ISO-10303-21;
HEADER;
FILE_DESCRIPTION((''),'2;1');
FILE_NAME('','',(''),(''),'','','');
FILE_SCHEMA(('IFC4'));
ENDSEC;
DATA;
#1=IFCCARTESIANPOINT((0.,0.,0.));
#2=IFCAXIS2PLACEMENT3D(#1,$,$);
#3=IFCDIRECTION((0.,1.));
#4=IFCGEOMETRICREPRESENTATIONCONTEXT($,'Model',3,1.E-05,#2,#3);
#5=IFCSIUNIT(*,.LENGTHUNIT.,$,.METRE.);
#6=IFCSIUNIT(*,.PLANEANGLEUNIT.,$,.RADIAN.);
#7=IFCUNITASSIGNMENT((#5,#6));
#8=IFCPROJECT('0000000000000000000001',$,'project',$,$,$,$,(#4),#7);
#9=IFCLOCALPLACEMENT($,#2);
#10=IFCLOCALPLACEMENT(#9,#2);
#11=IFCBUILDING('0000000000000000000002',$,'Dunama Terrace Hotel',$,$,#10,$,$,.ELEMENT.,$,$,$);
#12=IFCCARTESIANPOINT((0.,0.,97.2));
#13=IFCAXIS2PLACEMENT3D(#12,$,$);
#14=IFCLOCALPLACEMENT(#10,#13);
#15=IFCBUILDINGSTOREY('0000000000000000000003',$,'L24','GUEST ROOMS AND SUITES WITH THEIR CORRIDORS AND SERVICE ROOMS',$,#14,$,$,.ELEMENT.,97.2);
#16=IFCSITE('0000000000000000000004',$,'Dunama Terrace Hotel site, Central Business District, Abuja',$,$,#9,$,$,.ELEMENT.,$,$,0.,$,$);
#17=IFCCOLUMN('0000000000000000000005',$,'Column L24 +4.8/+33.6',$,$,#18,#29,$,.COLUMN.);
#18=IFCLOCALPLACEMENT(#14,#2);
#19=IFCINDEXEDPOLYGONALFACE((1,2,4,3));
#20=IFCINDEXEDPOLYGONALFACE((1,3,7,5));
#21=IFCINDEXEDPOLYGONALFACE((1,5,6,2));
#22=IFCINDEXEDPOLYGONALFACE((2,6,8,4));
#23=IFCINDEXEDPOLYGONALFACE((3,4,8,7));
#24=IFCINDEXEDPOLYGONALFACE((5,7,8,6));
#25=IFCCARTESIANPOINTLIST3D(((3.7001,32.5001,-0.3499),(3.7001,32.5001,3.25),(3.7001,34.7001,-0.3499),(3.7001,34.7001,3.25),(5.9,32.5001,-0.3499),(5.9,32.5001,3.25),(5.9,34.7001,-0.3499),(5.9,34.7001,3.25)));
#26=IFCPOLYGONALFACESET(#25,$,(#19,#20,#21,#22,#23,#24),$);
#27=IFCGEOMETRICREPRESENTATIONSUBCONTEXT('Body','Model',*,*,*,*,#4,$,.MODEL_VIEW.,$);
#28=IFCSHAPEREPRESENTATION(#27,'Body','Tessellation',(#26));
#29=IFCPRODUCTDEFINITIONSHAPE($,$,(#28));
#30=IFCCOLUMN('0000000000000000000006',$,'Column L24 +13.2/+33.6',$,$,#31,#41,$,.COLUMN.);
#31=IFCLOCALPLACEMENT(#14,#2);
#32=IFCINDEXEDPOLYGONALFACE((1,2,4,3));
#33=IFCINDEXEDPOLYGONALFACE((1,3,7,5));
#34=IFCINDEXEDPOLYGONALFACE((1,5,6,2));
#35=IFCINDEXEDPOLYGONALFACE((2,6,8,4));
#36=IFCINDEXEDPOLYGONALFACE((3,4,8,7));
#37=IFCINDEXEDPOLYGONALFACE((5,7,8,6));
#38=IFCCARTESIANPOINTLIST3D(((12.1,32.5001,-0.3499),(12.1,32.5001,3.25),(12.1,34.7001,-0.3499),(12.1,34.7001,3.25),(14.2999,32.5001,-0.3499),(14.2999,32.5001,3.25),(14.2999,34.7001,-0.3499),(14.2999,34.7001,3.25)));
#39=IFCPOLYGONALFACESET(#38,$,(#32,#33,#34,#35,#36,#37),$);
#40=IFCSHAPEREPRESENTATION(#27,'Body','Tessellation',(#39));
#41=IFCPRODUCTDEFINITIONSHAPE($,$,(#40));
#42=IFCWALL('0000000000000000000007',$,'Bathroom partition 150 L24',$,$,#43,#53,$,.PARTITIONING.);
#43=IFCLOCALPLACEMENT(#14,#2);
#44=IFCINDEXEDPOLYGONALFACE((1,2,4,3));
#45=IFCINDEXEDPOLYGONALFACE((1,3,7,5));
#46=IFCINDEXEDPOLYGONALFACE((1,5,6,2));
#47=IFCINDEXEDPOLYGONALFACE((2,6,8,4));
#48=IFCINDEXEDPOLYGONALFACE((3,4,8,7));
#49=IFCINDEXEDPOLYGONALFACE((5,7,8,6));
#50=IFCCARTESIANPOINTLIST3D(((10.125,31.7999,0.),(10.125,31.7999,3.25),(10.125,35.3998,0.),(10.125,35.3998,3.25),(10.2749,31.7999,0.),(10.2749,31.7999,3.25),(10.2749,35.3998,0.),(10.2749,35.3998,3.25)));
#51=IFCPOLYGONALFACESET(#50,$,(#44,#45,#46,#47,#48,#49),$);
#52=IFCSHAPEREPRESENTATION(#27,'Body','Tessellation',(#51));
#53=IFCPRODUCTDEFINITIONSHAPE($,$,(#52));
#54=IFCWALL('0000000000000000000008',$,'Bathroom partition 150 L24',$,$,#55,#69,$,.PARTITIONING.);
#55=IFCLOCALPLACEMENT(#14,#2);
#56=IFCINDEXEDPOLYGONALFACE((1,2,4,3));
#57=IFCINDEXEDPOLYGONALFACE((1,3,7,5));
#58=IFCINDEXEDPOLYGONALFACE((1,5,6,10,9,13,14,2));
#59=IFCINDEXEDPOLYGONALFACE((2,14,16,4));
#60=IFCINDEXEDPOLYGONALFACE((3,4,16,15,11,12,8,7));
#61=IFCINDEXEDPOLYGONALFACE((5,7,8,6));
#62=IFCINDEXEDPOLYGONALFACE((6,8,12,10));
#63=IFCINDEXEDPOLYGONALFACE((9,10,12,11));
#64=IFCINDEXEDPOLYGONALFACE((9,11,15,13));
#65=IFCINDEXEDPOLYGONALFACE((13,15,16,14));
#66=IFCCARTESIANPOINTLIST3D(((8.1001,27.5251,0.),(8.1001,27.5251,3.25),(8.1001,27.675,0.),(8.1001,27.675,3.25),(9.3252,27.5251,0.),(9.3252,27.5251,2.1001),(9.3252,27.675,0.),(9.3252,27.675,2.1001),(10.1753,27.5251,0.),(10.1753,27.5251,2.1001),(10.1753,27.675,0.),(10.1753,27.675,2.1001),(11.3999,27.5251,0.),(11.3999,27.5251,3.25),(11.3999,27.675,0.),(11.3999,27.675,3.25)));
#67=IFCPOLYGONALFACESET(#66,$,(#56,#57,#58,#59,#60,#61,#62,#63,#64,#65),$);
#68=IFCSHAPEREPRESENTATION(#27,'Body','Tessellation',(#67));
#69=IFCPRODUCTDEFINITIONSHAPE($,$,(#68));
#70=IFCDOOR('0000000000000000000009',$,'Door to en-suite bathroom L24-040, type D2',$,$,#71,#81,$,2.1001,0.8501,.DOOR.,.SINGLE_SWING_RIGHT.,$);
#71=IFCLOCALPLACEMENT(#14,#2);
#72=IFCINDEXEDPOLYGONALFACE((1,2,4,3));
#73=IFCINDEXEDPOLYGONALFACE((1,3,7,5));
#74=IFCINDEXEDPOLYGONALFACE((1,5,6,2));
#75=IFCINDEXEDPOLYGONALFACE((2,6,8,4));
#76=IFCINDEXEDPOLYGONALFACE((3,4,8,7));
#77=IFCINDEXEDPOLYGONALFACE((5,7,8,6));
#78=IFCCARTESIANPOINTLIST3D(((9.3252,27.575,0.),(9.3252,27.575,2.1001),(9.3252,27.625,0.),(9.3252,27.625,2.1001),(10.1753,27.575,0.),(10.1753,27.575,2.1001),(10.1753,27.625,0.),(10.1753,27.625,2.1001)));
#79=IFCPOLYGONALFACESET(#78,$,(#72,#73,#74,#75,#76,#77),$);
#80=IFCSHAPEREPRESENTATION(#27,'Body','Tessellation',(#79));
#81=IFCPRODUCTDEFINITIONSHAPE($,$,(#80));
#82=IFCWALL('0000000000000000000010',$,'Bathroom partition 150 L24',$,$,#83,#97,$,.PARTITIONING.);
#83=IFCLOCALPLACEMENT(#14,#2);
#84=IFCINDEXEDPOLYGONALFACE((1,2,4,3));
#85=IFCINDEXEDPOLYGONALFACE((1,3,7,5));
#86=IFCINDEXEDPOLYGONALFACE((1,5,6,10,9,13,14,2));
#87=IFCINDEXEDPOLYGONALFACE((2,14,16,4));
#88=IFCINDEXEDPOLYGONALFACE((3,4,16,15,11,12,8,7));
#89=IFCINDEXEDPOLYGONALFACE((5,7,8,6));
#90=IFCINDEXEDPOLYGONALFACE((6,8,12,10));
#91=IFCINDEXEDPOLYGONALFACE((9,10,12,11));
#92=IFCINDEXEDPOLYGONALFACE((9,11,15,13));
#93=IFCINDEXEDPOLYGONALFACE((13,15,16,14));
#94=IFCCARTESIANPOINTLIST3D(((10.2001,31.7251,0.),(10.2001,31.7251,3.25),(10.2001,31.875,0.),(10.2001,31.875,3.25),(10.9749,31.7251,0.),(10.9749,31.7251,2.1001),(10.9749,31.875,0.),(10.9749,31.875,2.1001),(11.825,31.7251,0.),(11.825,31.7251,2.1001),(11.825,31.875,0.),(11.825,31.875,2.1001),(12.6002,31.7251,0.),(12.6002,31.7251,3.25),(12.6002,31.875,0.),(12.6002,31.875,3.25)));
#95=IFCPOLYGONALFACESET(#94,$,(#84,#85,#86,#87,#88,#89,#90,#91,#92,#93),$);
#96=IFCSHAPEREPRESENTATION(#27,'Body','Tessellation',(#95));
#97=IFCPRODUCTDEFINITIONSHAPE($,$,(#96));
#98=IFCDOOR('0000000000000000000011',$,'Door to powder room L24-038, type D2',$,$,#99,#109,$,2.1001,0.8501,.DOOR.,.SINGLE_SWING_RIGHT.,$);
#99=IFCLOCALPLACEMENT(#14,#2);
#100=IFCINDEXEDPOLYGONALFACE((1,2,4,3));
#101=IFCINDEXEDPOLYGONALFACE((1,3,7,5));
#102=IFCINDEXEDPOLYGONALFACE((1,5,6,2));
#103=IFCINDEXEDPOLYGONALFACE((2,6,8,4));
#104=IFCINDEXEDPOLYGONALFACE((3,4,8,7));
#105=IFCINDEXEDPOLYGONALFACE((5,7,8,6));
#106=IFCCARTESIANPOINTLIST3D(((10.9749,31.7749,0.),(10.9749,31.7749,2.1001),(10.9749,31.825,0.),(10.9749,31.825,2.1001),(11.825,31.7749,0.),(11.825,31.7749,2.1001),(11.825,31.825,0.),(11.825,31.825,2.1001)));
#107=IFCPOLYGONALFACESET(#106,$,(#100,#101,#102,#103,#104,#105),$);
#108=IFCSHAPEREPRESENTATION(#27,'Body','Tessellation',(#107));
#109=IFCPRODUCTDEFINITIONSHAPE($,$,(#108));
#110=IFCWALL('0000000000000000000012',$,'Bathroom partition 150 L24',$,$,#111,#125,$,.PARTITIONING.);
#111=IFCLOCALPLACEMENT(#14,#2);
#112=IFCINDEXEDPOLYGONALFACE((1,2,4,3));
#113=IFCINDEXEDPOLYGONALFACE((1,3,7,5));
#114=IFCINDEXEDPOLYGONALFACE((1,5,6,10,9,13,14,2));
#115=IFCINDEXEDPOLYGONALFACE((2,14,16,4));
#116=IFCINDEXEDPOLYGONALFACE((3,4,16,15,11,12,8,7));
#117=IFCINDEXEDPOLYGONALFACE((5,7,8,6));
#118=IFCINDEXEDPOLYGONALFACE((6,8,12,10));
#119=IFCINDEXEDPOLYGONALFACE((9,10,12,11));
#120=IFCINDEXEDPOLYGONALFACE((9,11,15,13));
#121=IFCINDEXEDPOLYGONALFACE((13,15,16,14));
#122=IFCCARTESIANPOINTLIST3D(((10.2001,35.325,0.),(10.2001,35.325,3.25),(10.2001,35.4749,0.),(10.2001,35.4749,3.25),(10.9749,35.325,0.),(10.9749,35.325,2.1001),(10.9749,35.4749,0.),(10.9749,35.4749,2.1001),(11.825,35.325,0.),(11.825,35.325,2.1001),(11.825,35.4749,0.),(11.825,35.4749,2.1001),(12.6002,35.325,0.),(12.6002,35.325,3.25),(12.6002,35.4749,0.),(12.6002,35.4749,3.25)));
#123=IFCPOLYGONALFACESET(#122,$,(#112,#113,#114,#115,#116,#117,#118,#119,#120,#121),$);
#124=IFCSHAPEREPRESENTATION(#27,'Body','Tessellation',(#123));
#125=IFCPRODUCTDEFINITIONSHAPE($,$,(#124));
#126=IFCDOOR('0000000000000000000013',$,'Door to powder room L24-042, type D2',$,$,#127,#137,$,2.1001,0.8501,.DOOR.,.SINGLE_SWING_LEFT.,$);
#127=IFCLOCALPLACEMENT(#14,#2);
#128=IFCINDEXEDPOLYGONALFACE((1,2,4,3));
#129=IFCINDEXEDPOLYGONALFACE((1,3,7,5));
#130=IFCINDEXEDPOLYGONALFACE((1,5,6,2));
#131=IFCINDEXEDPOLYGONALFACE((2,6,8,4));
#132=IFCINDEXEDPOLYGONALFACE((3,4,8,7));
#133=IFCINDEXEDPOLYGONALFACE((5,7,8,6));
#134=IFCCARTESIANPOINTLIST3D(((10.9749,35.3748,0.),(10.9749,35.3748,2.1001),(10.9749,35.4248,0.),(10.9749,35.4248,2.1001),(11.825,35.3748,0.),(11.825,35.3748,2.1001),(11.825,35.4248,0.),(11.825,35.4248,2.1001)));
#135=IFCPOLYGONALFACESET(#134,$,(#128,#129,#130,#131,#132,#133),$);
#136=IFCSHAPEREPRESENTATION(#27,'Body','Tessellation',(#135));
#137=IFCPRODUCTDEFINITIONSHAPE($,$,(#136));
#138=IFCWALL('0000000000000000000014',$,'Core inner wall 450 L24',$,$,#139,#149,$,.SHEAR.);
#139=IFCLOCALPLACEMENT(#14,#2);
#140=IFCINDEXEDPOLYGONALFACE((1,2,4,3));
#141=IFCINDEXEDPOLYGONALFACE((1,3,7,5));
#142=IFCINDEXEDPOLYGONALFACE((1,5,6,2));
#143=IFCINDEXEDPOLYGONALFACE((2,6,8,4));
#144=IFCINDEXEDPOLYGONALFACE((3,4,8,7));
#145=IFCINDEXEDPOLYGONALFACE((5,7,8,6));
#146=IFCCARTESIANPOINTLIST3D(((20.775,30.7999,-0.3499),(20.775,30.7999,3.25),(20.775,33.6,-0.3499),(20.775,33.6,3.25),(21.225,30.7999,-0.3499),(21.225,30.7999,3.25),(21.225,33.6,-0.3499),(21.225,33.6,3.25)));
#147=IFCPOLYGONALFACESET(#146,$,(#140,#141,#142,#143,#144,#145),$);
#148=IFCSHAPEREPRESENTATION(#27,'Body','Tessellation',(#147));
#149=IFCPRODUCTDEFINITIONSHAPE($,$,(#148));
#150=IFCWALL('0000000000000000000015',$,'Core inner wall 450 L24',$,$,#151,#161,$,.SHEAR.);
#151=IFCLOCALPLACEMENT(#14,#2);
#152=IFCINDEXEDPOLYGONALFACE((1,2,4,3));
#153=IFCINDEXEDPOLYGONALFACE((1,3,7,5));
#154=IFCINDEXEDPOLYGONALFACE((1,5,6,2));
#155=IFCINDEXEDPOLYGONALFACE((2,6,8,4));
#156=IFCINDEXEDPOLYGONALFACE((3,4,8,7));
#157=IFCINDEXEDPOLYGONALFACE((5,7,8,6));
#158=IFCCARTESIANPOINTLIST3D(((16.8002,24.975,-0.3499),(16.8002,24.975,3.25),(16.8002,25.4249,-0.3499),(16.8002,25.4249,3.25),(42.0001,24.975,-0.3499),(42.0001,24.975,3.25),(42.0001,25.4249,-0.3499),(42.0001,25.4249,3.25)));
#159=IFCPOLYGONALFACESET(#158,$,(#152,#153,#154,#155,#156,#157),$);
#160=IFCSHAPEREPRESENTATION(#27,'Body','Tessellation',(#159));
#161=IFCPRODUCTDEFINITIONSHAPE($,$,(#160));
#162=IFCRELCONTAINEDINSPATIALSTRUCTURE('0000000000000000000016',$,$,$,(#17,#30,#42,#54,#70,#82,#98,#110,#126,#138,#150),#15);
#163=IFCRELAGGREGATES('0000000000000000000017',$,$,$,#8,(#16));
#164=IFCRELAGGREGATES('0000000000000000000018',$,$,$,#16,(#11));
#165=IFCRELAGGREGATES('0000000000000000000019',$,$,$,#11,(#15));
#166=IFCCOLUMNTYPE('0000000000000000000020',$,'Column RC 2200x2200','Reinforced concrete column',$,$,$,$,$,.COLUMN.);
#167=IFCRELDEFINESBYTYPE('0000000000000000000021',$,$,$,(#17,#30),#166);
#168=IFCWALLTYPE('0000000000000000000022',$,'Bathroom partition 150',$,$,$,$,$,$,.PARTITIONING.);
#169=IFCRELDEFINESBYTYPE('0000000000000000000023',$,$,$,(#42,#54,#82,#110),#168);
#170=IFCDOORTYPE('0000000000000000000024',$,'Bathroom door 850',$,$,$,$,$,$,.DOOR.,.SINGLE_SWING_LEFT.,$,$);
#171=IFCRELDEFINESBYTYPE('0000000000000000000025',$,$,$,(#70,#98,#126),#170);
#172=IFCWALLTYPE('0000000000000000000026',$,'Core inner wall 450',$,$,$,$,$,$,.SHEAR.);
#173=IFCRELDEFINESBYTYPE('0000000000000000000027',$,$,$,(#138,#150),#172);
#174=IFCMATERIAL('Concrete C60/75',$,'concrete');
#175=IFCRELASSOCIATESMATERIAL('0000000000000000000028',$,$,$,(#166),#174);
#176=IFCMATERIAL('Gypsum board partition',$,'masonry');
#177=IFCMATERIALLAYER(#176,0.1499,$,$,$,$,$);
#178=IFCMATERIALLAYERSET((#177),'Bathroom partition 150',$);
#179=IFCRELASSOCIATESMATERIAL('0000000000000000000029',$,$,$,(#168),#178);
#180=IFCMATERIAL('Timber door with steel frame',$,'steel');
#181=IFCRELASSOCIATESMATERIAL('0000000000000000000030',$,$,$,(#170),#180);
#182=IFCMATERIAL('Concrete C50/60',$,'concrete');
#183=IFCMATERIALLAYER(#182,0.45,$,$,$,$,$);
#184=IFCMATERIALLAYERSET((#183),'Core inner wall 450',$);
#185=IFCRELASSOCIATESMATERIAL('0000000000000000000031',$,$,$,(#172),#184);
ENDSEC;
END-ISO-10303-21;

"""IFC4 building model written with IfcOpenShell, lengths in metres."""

from ifc_helpers import new_model, si_unit, direction, frame, frame_2d, origin, origin_2d, place, context, subcontext, project, spatial, rectangle, extrude, material, layer, layer_set, material_profile, profile_set, type_object, element, fill, save


model = new_model("IFC4")

# Units and contexts
model_context = context("Model", 3, precision=1e-05, world=origin(), true_north=direction((0.0, 1.0)))
body_context = subcontext(model_context, "Body", "Model", "MODEL_VIEW")
ifc_project = project(units=[si_unit("LENGTHUNIT", "METRE"), si_unit("PLANEANGLEUNIT", "RADIAN")], contexts=[model_context])

# Site, building, storey
site_placement = place(None, origin())
site = spatial("IfcSite", under=ifc_project, at=site_placement, Name="Dunama Terrace Hotel site, Central Business District, Abuja", CompositionType="ELEMENT", RefElevation=0.0)
building_placement = place(site_placement, origin())
building = spatial("IfcBuilding", under=site, at=building_placement, Name="Dunama Terrace Hotel", CompositionType="ELEMENT")
storey_placement = place(building_placement, frame((0.0, 0.0, 97.2)))
storey = spatial("IfcBuildingStorey", under=building, at=storey_placement, Name="L24", Description="GUEST ROOMS AND SUITES WITH THEIR CORRIDORS AND SERVICE ROOMS", CompositionType="ELEMENT", Elevation=97.2)

# Columns
ifc_material_1 = material(Name="Concrete C60/75", Category="concrete")
ifc_material_profile = material_profile(ifc_material_1, rectangle(XDim=2.2, YDim=2.2, at=origin_2d()), Name="RC 2200x2200")
ifc_profile_set = profile_set([ifc_material_profile], Name="Concrete C60/75")
column_type = type_object("IfcColumnType", Name="Column RC 2200x2200", Description="Reinforced concrete column", PredefinedType="COLUMN", material=ifc_profile_set)
for number, where, z_axis, x_axis, name in (
    (1, (4.8, 33.6001, -0.3499), (0.0, 0.0, 1.0), (1.0, 0.0, 0.0), "Column L24 +4.8/+33.6"),
    (2, (13.2, 33.6001, -0.3499), (0.0, 0.0, 1.0), (1.0, 0.0, 0.0), "Column L24 +13.2/+33.6"),
):
    element("IfcColumn", number, at=place(storey_placement, frame(where, z_axis=z_axis, x_axis=x_axis)), inside=storey, type_object=column_type, Name=name, PredefinedType="COLUMN", context=body_context, shape_type="SweptSolid", body=[
        extrude(rectangle(XDim=2.2, YDim=2.2, at=origin_2d()), origin(), (0.0, 0.0, 1.0), 3.5999),
    ])

# Wall
ifc_material_2 = material(Name="Gypsum board partition", Category="masonry")
ifc_layer_1 = layer(ifc_material_2, 0.1499)
ifc_layer_set_1 = layer_set([ifc_layer_1], Name="Bathroom partition 150")
wall_type_1 = type_object("IfcWallType", Name="Bathroom partition 150", PredefinedType="PARTITIONING", material=ifc_layer_set_1)
wall_1_placement = place(storey_placement, frame((10.2, 31.8, 0.0), z_axis=(0.0, 0.0, 1.0), x_axis=(0.0, 1.0, 0.0)))
element("IfcWall", 3, at=wall_1_placement, inside=storey, type_object=wall_type_1, Name="Bathroom partition 150 L24", PredefinedType="PARTITIONING", context=body_context, shape_type="SweptSolid", body=[
    extrude(rectangle(XDim=3.5999, YDim=0.1499, at=frame_2d((1.7998, 0.0))), origin(), (0.0, 0.0, 1.0), 3.25),
])

# Walls, openings, doors
wall_2_placement = place(storey_placement, frame((8.1001, 27.6001, 0.0), z_axis=(0.0, 0.0, 1.0), x_axis=(1.0, 0.0, 0.0)))
wall_2 = element("IfcWall", 4, at=wall_2_placement, inside=storey, type_object=wall_type_1, Name="Bathroom partition 150 L24", PredefinedType="PARTITIONING", context=body_context, shape_type="SweptSolid", body=[
    extrude(rectangle(XDim=3.2998, YDim=0.1499, at=frame_2d((1.6499, 0.0))), origin(), (0.0, 0.0, 1.0), 3.25),
])
opening_1_placement = place(wall_2_placement, frame((1.2251, 0.0, 0.0)))
opening_1 = element("IfcOpeningElement", 5, at=opening_1_placement, cuts=wall_2, PredefinedType="OPENING", context=body_context, shape_type="SweptSolid", body=[
    extrude(rectangle(XDim=0.8501, YDim=2.1001, at=frame_2d((0.425, 1.05))), frame((0.0, 0.085, 0.0), z_axis=(0.0, -1.0, 0.0), x_axis=(1.0, 0.0, 0.0)), (0.0, 0.0, 1.0), 0.1699),
])
ifc_material_3 = material(Name="Timber door with steel frame", Category="steel")
door_type_1 = type_object("IfcDoorType", Name="Bathroom door 850", OperationType="SINGLE_SWING_LEFT", PredefinedType="DOOR", material=ifc_material_3)
door_1_placement = place(opening_1_placement, frame((0.8501, 0.0, 0.0), z_axis=(0.0, 0.0, 1.0), x_axis=(-1.0, 0.0, 0.0)))
door_1 = element("IfcDoor", 6, at=door_1_placement, inside=storey, type_object=door_type_1, Name="Door to en-suite bathroom L24-040, type D2", OperationType="SINGLE_SWING_RIGHT", OverallHeight=2.1001, OverallWidth=0.8501, PredefinedType="DOOR", context=body_context, shape_type="SweptSolid", body=[
    extrude(rectangle(XDim=0.8501, YDim=2.1001, at=frame_2d((0.425, 1.05))), frame((0.0, 0.0251, 0.0), z_axis=(0.0, -1.0, 0.0), x_axis=(1.0, 0.0, 0.0)), (0.0, 0.0, 1.0), 0.05),
])
fill(opening_1, door_1)
wall_3_placement = place(storey_placement, frame((10.2, 31.8, 0.0), z_axis=(0.0, 0.0, 1.0), x_axis=(1.0, 0.0, 0.0)))
wall_3 = element("IfcWall", 7, at=wall_3_placement, inside=storey, type_object=wall_type_1, Name="Bathroom partition 150 L24", PredefinedType="PARTITIONING", context=body_context, shape_type="SweptSolid", body=[
    extrude(rectangle(XDim=2.4001, YDim=0.1499, at=frame_2d((1.2002, 0.0))), origin(), (0.0, 0.0, 1.0), 3.25),
])
opening_2_placement = place(wall_3_placement, frame((0.7749, 0.0, 0.0)))
opening_2 = element("IfcOpeningElement", 8, at=opening_2_placement, cuts=wall_3, PredefinedType="OPENING", context=body_context, shape_type="SweptSolid", body=[
    extrude(rectangle(XDim=0.8501, YDim=2.1001, at=frame_2d((0.425, 1.05))), frame((0.0, 0.085, 0.0), z_axis=(0.0, -1.0, 0.0), x_axis=(1.0, 0.0, 0.0)), (0.0, 0.0, 1.0), 0.1699),
])
door_2_placement = place(opening_2_placement, origin())
door_2 = element("IfcDoor", 9, at=door_2_placement, inside=storey, type_object=door_type_1, Name="Door to powder room L24-038, type D2", OperationType="SINGLE_SWING_RIGHT", OverallHeight=2.1001, OverallWidth=0.8501, PredefinedType="DOOR", context=body_context, shape_type="SweptSolid", body=[
    extrude(rectangle(XDim=0.8501, YDim=2.1001, at=frame_2d((0.425, 1.05))), frame((0.0, 0.0249, 0.0), z_axis=(0.0, -1.0, 0.0), x_axis=(1.0, 0.0, 0.0)), (0.0, 0.0, 1.0), 0.05),
])
fill(opening_2, door_2)
wall_4_placement = place(storey_placement, frame((10.2, 35.3999, 0.0), z_axis=(0.0, 0.0, 1.0), x_axis=(1.0, 0.0, 0.0)))
wall_4 = element("IfcWall", 10, at=wall_4_placement, inside=storey, type_object=wall_type_1, Name="Bathroom partition 150 L24", PredefinedType="PARTITIONING", context=body_context, shape_type="SweptSolid", body=[
    extrude(rectangle(XDim=2.4001, YDim=0.1499, at=frame_2d((1.2002, 0.0))), origin(), (0.0, 0.0, 1.0), 3.25),
])
opening_3_placement = place(wall_4_placement, frame((0.7749, 0.0, 0.0)))
opening_3 = element("IfcOpeningElement", 11, at=opening_3_placement, cuts=wall_4, PredefinedType="OPENING", context=body_context, shape_type="SweptSolid", body=[
    extrude(rectangle(XDim=0.8501, YDim=2.1001, at=frame_2d((0.425, 1.05))), frame((0.0, 0.085, 0.0), z_axis=(0.0, -1.0, 0.0), x_axis=(1.0, 0.0, 0.0)), (0.0, 0.0, 1.0), 0.1699),
])
door_3_placement = place(opening_3_placement, frame((0.8501, 0.0, 0.0), z_axis=(0.0, 0.0, 1.0), x_axis=(-1.0, 0.0, 0.0)))
door_3 = element("IfcDoor", 12, at=door_3_placement, inside=storey, type_object=door_type_1, Name="Door to powder room L24-042, type D2", OperationType="SINGLE_SWING_LEFT", OverallHeight=2.1001, OverallWidth=0.8501, PredefinedType="DOOR", context=body_context, shape_type="SweptSolid", body=[
    extrude(rectangle(XDim=0.8501, YDim=2.1001, at=frame_2d((0.425, 1.05))), frame((0.0, 0.0251, 0.0), z_axis=(0.0, -1.0, 0.0), x_axis=(1.0, 0.0, 0.0)), (0.0, 0.0, 1.0), 0.05),
])
fill(opening_3, door_3)

# Walls
ifc_material_4 = material(Name="Concrete C50/60", Category="concrete")
ifc_layer_2 = layer(ifc_material_4, 0.45)
ifc_layer_set_2 = layer_set([ifc_layer_2], Name="Core inner wall 450")
wall_type_2 = type_object("IfcWallType", Name="Core inner wall 450", PredefinedType="SHEAR", material=ifc_layer_set_2)
wall_5_placement = place(storey_placement, frame((21.0, 30.8, -0.3499), z_axis=(0.0, 0.0, 1.0), x_axis=(0.0, 1.0, 0.0)))
element("IfcWall", 13, at=wall_5_placement, inside=storey, type_object=wall_type_2, Name="Core inner wall 450 L24", PredefinedType="SHEAR", context=body_context, shape_type="SweptSolid", body=[
    extrude(rectangle(XDim=2.8, YDim=0.45, at=frame_2d((1.3999, 0.0))), origin(), (0.0, 0.0, 1.0), 3.5999),
])
wall_6_placement = place(storey_placement, frame((16.8, 25.2, -0.3499), z_axis=(0.0, 0.0, 1.0), x_axis=(1.0, 0.0, 0.0)))
element("IfcWall", 14, at=wall_6_placement, inside=storey, type_object=wall_type_2, Name="Core inner wall 450 L24", PredefinedType="SHEAR", context=body_context, shape_type="SweptSolid", body=[
    extrude(rectangle(XDim=25.2, YDim=0.45, at=frame_2d((12.6001, 0.0))), origin(), (0.0, 0.0, 1.0), 3.5999),
])

save(model, "model.ifc")
